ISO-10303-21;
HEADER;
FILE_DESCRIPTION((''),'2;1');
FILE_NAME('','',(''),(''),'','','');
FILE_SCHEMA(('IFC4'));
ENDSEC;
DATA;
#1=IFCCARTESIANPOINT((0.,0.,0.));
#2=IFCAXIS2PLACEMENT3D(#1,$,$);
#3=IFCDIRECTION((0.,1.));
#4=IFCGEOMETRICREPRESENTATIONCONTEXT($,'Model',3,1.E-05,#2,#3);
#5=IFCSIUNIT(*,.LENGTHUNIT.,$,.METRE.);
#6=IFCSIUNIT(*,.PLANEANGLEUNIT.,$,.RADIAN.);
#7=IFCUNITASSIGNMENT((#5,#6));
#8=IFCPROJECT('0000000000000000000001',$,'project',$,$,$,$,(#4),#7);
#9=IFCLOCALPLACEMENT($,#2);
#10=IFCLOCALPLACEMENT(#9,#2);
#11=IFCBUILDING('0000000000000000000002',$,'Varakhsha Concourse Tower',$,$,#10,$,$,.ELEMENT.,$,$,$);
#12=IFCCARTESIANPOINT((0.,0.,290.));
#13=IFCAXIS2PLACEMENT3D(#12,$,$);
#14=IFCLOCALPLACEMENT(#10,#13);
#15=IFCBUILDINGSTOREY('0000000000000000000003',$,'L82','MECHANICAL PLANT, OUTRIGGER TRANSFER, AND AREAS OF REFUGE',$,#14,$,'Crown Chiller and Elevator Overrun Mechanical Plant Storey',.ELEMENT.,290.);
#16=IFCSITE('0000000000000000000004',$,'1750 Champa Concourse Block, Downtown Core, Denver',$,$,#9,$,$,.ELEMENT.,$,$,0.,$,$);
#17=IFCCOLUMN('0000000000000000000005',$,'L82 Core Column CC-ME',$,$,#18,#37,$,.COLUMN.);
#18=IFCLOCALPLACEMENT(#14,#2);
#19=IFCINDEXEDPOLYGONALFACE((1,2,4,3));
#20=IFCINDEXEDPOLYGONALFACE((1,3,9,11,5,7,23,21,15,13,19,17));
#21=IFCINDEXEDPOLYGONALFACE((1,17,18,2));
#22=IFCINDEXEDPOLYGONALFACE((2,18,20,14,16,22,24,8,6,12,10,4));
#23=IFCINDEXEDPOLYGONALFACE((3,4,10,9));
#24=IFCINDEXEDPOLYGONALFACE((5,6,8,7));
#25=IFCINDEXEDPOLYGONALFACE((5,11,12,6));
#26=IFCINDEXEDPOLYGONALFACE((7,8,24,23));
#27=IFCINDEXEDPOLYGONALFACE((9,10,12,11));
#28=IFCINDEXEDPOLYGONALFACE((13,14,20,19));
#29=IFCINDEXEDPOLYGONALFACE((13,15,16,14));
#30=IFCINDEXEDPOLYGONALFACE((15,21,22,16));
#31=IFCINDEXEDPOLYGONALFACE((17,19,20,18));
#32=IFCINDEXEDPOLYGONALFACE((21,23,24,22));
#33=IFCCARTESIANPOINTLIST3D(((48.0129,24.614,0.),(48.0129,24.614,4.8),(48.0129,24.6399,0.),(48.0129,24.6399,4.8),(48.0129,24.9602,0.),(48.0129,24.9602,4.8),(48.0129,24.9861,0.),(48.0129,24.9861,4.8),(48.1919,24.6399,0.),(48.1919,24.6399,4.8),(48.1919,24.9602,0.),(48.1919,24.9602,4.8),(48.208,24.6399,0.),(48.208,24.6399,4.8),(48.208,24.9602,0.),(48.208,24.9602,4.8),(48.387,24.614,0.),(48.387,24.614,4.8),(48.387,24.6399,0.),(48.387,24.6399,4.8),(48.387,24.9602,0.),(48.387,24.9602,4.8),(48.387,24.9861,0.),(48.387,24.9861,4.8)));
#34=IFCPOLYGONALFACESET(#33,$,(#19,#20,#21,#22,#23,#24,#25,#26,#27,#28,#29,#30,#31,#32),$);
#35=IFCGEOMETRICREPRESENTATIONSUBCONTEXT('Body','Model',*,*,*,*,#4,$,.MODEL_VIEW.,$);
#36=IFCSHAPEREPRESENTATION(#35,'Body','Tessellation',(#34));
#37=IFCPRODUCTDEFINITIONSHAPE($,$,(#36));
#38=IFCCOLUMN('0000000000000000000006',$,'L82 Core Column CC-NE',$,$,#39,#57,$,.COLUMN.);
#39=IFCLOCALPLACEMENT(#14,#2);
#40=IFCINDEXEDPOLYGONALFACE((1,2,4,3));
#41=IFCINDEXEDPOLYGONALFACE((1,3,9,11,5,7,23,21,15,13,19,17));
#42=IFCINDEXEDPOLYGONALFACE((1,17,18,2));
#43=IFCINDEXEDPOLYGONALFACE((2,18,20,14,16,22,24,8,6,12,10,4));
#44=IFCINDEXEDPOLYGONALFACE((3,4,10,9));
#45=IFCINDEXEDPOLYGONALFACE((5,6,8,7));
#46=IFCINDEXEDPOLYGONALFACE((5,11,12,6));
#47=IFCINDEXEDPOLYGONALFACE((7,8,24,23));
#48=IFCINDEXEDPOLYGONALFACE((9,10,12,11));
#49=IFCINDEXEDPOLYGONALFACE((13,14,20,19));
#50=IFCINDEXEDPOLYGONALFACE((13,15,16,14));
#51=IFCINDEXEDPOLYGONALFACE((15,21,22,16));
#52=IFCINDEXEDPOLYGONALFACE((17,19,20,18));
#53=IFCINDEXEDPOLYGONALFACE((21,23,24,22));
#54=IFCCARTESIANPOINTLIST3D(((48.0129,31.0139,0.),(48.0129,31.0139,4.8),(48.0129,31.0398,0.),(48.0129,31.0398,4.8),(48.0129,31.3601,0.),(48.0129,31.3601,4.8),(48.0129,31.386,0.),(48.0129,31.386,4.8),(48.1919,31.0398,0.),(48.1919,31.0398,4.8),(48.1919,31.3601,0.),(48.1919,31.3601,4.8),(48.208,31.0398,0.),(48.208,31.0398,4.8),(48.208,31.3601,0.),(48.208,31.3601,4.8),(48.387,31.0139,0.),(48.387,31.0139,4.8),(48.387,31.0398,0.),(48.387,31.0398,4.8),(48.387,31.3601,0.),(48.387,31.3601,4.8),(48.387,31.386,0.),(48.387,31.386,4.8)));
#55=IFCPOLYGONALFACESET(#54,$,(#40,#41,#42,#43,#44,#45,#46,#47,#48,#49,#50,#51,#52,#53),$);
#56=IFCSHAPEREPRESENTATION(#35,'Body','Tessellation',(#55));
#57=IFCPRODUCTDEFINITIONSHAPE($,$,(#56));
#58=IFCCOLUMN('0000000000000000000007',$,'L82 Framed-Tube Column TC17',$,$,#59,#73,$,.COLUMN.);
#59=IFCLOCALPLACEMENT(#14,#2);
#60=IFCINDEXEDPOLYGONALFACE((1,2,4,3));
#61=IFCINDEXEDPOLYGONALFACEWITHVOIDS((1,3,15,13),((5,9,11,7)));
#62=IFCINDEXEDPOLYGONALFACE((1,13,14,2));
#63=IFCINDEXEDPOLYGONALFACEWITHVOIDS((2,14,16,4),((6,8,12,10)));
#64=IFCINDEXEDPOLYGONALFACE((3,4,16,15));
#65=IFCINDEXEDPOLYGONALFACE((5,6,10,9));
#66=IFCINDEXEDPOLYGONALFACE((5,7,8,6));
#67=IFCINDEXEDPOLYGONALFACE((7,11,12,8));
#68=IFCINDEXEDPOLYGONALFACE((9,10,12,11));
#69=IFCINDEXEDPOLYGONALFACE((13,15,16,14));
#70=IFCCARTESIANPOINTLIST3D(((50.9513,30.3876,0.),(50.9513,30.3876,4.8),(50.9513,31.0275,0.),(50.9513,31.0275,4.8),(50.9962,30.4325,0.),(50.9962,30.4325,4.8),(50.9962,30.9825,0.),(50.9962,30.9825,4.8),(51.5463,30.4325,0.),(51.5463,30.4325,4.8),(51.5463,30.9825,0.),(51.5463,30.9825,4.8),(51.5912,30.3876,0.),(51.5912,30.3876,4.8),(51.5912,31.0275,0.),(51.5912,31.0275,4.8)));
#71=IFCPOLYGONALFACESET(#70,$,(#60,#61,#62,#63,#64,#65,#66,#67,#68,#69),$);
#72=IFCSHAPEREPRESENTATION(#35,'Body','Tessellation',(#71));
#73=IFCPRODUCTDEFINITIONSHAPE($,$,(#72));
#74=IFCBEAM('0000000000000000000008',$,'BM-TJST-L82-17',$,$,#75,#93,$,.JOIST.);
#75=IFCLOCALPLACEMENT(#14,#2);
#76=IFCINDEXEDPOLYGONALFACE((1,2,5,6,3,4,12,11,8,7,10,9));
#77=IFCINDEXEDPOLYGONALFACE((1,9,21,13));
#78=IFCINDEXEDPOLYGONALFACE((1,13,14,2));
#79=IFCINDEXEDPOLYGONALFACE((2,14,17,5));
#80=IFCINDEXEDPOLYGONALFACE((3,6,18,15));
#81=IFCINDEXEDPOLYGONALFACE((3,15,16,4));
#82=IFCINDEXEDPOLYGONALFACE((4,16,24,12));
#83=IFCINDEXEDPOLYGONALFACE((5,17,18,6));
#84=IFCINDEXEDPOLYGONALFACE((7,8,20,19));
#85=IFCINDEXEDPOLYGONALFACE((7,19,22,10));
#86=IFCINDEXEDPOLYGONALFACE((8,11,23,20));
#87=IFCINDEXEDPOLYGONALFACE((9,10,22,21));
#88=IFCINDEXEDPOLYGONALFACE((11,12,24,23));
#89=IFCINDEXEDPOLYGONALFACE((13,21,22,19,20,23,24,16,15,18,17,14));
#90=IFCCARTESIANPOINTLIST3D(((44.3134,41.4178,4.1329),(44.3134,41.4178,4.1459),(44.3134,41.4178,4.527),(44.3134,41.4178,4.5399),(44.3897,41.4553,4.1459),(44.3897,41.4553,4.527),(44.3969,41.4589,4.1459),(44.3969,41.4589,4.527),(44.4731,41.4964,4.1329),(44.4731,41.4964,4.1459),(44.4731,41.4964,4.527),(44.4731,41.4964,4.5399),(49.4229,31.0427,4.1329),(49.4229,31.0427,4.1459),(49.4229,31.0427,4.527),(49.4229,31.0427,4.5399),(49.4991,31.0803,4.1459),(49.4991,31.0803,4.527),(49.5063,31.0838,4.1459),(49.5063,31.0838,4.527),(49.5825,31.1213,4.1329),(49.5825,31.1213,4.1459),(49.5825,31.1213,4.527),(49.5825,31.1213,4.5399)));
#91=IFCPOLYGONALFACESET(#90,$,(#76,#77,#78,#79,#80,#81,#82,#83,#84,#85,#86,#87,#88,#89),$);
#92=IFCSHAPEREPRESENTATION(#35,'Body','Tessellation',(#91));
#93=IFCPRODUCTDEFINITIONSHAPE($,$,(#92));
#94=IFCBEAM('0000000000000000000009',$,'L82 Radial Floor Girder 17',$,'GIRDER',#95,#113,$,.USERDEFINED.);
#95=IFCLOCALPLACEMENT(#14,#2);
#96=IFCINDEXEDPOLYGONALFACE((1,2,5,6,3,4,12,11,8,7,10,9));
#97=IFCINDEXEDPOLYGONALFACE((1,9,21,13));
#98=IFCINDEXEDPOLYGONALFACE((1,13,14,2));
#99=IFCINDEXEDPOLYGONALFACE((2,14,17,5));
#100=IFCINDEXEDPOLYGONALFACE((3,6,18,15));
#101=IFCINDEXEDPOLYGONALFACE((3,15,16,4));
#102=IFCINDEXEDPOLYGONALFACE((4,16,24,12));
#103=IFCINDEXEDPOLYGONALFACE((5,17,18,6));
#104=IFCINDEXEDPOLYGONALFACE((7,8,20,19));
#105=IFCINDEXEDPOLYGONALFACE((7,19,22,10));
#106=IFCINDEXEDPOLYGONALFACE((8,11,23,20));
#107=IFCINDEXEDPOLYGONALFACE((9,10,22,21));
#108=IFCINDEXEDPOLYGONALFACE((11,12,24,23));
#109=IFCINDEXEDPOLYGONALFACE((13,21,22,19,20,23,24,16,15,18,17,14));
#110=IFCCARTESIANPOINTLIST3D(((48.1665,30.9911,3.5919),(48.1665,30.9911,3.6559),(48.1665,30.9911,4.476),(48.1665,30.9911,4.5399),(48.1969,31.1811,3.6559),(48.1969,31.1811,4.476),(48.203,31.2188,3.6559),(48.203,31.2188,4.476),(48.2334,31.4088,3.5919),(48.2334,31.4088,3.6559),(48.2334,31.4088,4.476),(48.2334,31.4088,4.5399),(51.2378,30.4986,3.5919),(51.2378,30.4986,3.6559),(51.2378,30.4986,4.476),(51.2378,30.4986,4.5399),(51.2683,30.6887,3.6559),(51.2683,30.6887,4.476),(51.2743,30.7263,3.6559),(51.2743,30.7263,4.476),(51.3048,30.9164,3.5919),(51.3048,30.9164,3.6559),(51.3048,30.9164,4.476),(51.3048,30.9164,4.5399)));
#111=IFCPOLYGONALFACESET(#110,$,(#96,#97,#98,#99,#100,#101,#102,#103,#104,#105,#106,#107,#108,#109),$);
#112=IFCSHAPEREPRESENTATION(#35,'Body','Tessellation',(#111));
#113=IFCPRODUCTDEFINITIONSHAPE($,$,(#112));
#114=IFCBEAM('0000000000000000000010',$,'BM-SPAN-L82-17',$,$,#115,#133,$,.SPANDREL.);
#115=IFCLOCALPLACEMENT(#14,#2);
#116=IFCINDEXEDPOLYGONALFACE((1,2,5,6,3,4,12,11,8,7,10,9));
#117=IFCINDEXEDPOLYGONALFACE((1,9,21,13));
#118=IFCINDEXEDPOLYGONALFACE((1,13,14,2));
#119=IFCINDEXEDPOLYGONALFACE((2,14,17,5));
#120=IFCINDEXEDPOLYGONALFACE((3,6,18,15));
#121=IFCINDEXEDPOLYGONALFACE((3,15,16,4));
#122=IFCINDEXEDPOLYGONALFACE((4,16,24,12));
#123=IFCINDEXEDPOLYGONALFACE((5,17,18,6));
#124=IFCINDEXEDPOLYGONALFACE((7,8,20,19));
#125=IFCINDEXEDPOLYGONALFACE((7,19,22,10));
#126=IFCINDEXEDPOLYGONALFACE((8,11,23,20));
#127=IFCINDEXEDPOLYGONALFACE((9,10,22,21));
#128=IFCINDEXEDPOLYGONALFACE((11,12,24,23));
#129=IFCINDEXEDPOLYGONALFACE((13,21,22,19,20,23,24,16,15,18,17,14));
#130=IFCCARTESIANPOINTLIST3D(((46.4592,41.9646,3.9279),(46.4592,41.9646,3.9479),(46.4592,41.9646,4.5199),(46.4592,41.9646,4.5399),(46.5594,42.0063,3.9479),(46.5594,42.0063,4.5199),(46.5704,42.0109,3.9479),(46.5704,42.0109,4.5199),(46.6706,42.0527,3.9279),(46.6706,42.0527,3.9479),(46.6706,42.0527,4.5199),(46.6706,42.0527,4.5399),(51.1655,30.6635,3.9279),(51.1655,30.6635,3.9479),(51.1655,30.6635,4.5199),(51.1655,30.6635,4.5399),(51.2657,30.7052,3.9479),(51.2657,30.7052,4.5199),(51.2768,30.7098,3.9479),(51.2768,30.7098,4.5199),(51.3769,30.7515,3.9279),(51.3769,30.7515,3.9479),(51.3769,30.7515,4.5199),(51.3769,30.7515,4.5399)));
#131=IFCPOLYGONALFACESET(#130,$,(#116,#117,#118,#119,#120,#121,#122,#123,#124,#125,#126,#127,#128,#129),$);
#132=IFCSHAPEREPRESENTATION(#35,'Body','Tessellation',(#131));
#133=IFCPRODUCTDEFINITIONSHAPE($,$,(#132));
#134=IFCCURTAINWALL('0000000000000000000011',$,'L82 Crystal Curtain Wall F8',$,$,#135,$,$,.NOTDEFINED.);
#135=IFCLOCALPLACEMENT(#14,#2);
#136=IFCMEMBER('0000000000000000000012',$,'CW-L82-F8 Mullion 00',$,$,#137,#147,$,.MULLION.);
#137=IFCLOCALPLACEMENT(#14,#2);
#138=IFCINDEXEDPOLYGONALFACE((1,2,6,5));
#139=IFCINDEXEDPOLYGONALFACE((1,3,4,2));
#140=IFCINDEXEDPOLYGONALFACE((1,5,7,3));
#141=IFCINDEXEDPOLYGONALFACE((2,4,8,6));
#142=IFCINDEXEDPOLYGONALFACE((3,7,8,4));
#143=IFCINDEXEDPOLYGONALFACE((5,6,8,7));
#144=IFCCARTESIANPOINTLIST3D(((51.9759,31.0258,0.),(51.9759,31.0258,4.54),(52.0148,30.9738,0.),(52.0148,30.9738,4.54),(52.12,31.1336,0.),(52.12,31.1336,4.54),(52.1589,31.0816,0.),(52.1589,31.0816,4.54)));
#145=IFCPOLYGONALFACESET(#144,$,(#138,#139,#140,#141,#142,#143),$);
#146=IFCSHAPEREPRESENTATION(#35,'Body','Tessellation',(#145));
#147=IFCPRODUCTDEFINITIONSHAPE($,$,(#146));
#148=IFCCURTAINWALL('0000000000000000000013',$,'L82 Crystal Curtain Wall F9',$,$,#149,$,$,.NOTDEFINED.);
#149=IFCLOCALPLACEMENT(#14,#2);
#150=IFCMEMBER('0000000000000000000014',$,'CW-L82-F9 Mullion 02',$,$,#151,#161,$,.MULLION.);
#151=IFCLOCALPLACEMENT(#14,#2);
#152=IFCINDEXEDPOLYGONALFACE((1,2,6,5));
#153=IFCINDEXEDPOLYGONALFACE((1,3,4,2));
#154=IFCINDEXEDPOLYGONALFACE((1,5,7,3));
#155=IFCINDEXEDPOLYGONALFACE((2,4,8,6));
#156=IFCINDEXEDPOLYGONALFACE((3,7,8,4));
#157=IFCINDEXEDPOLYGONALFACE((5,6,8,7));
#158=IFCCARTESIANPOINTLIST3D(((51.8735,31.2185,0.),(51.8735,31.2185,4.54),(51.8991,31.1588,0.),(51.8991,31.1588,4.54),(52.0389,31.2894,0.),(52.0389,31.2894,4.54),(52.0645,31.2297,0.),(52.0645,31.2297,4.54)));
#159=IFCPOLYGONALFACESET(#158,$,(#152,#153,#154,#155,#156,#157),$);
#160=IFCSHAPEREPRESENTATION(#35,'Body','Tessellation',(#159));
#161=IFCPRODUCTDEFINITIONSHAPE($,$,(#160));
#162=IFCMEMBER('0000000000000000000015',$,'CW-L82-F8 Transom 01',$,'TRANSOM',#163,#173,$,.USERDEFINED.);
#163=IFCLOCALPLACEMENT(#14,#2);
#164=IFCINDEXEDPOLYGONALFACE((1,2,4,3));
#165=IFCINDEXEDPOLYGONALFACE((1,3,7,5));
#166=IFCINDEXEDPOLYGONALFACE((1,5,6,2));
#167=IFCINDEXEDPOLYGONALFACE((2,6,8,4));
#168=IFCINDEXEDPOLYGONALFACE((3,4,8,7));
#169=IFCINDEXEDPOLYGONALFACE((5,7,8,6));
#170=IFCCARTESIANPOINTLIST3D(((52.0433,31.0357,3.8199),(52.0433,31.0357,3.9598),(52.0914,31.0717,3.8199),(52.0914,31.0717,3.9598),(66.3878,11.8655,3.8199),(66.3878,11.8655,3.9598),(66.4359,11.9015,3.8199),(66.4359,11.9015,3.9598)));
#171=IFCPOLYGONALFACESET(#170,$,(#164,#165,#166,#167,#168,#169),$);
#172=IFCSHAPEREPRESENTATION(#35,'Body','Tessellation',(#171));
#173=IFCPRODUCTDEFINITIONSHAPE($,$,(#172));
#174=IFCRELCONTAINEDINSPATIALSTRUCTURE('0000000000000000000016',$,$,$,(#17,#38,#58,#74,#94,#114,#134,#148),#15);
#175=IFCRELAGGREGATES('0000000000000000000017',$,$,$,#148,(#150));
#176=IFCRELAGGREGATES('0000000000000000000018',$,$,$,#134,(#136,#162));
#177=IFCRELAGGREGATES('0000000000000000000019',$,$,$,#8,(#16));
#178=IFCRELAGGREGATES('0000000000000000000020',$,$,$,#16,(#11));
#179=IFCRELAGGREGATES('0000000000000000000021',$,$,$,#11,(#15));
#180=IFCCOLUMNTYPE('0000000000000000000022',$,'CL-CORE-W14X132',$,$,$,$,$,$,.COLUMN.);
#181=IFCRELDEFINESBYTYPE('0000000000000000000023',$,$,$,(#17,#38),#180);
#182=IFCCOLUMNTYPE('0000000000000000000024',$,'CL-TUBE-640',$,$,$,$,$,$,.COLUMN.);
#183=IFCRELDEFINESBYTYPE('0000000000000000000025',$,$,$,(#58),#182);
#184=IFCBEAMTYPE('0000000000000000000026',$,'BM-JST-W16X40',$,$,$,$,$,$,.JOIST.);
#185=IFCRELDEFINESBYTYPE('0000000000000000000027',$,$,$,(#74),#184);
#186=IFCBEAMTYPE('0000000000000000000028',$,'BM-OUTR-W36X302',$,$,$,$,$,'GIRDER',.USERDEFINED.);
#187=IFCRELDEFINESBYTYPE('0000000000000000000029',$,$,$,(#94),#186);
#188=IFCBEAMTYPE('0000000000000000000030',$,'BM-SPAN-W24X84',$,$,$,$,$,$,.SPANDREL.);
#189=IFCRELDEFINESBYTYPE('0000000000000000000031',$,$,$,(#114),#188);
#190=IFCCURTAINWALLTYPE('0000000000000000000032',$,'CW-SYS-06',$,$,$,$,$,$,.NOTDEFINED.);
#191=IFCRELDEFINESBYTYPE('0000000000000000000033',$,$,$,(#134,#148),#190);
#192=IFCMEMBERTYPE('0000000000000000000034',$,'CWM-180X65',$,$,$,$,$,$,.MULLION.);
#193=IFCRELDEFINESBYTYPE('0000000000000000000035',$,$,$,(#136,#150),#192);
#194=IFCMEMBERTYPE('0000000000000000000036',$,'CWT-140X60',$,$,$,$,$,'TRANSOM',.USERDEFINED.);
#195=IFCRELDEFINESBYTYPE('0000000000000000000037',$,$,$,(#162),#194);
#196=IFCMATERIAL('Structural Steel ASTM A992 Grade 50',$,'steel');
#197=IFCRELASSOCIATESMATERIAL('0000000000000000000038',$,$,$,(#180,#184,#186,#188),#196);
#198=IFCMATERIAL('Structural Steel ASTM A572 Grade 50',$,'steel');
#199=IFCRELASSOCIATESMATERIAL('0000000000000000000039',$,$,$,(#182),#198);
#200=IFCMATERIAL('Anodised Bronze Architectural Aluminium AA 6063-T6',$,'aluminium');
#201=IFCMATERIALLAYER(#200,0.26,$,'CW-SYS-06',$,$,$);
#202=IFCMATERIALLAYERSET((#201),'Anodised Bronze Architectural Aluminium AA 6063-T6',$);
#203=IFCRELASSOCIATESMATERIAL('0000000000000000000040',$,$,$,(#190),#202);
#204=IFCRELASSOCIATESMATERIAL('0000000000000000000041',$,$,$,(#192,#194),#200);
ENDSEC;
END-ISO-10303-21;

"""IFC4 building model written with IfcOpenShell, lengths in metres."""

from ifc_helpers import new_model, si_unit, direction, frame, origin, origin_2d, place, context, subcontext, project, spatial, rectangle, hollow_rectangle, i_section, extrude, source, transform, mapped, material, layer, layer_set, material_profile, profile_set, type_object, type_shapes, element, aggregate, save


model = new_model("IFC4")

# Units and contexts
model_context = context("Model", 3, precision=1e-05, world=origin(), true_north=direction((0.0, 1.0)))
body_context = subcontext(model_context, "Body", "Model", "MODEL_VIEW")
ifc_project = project(units=[si_unit("LENGTHUNIT", "METRE"), si_unit("PLANEANGLEUNIT", "RADIAN")], contexts=[model_context])

# Site, building, storey
site_placement = place(None, origin())
site = spatial("IfcSite", under=ifc_project, at=site_placement, Name="1750 Champa Concourse Block, Downtown Core, Denver", CompositionType="ELEMENT", RefElevation=0.0)
building_placement = place(site_placement, origin())
building = spatial("IfcBuilding", under=site, at=building_placement, Name="Varakhsha Concourse Tower", CompositionType="ELEMENT")
storey_placement = place(building_placement, frame((0.0, 0.0, 290.0)))
storey = spatial("IfcBuildingStorey", under=building, at=storey_placement, Name="L82", Description="MECHANICAL PLANT, OUTRIGGER TRANSFER, AND AREAS OF REFUGE", LongName="Crown Chiller and Elevator Overrun Mechanical Plant Storey", CompositionType="ELEMENT", Elevation=290.0)

# Columns
ifc_material_1 = material(Name="Structural Steel ASTM A992 Grade 50", Category="steel")
ifc_material_profile_1 = material_profile(ifc_material_1, i_section(OverallWidth=0.374, OverallDepth=0.3721, WebThickness=0.0161, FlangeThickness=0.0259, at=origin_2d()), Name="W14X132")
ifc_profile_set_1 = profile_set([ifc_material_profile_1], Name="Structural Steel ASTM A992 Grade 50")
column_type_1 = type_object("IfcColumnType", Name="CL-CORE-W14X132", PredefinedType="COLUMN", material=ifc_profile_set_1)
for number, where, z_axis, x_axis, name in (
    (1, (48.2, 24.8, 0.0), (0.0, 0.0, 1.0), (1.0, 0.0, 0.0), "L82 Core Column CC-ME"),
    (2, (48.2, 31.2, 0.0), (0.0, 0.0, 1.0), (1.0, 0.0, 0.0), "L82 Core Column CC-NE"),
):
    element("IfcColumn", number, at=place(storey_placement, frame(where, z_axis=z_axis, x_axis=x_axis)), inside=storey, type_object=column_type_1, Name=name, PredefinedType="COLUMN", context=body_context, shape_type="SweptSolid", body=[
        extrude(i_section(OverallWidth=0.374, OverallDepth=0.3721, WebThickness=0.0161, FlangeThickness=0.0259, at=origin_2d()), origin(), (0.0, 0.0, 1.0), 4.8),
    ])
ifc_material_2 = material(Name="Structural Steel ASTM A572 Grade 50", Category="steel")
ifc_material_profile_2 = material_profile(ifc_material_2, hollow_rectangle(XDim=0.6399, YDim=0.6399, WallThickness=0.0449, at=origin_2d()), Name="BOX 640x640x45")
ifc_profile_set_2 = profile_set([ifc_material_profile_2], Name="Structural Steel ASTM A572 Grade 50")
column_type_2 = type_object("IfcColumnType", Name="CL-TUBE-640", PredefinedType="COLUMN", material=ifc_profile_set_2)
column_placement = place(storey_placement, frame((51.2712, 30.7075, 0.0), z_axis=(0.0, 0.0, 1.0), x_axis=(1.0, 0.0, 0.0)))
element("IfcColumn", 3, at=column_placement, inside=storey, type_object=column_type_2, Name="L82 Framed-Tube Column TC17", PredefinedType="COLUMN", context=body_context, shape_type="SweptSolid", body=[
    extrude(hollow_rectangle(XDim=0.6399, YDim=0.6399, WallThickness=0.0449, at=origin_2d()), origin(), (0.0, 0.0, 1.0), 4.8),
])

# Beams
ifc_material_profile_3 = material_profile(ifc_material_1, i_section(OverallWidth=0.178, OverallDepth=0.407, WebThickness=0.0081, FlangeThickness=0.0129, at=origin_2d()), Name="W16X40")
ifc_profile_set_3 = profile_set([ifc_material_profile_3], Name="Structural Steel ASTM A992 Grade 50")
beam_type_1 = type_object("IfcBeamType", Name="BM-JST-W16X40", PredefinedType="JOIST", material=ifc_profile_set_3)
beam_1_placement = place(storey_placement, frame((49.5027, 31.082, 4.3364), z_axis=(-0.441801, 0.897113, 0.0), x_axis=(-0.897113, -0.441801, 0.0)))
element("IfcBeam", 4, at=beam_1_placement, inside=storey, type_object=beam_type_1, Name="BM-TJST-L82-17", PredefinedType="JOIST", context=body_context, shape_type="SweptSolid", body=[
    extrude(i_section(OverallWidth=0.178, OverallDepth=0.407, WebThickness=0.0081, FlangeThickness=0.0129, at=origin_2d()), origin(), (0.0, 0.0, 1.0), 11.5649),
])
ifc_material_profile_4 = material_profile(ifc_material_1, i_section(OverallWidth=0.4231, OverallDepth=0.948, WebThickness=0.0381, FlangeThickness=0.064, at=origin_2d()), Name="W36X302")
ifc_profile_set_4 = profile_set([ifc_material_profile_4], Name="Structural Steel ASTM A992 Grade 50")
beam_type_2 = type_object("IfcBeamType", Name="BM-OUTR-W36X302", ElementType="GIRDER", PredefinedType="USERDEFINED", material=ifc_profile_set_4)
beam_2_placement = place(storey_placement, frame((48.2, 31.2, 4.0659), z_axis=(0.987389, -0.158312, 0.0), x_axis=(0.158312, 0.987389, 0.0)))
element("IfcBeam", 5, at=beam_2_placement, inside=storey, type_object=beam_type_2, Name="L82 Radial Floor Girder 17", ObjectType="GIRDER", PredefinedType="USERDEFINED", context=body_context, shape_type="SweptSolid", body=[
    extrude(i_section(OverallWidth=0.4231, OverallDepth=0.948, WebThickness=0.0381, FlangeThickness=0.064, at=origin_2d()), origin(), (0.0, 0.0, 1.0), 3.1106),
])
ifc_material_profile_5 = material_profile(ifc_material_1, i_section(OverallWidth=0.229, OverallDepth=0.6121, WebThickness=0.012, FlangeThickness=0.02, at=origin_2d()), Name="W24X84")
ifc_profile_set_5 = profile_set([ifc_material_profile_5], Name="Structural Steel ASTM A992 Grade 50")
beam_type_3 = type_object("IfcBeamType", Name="BM-SPAN-W24X84", PredefinedType="SPANDREL", material=ifc_profile_set_5)
beam_3_placement = place(storey_placement, frame((51.2712, 30.7075, 4.2339), z_axis=(-0.384444, 0.923148, 0.0), x_axis=(-0.923148, -0.384444, 0.0)))
element("IfcBeam", 6, at=beam_3_placement, inside=storey, type_object=beam_type_3, Name="BM-SPAN-L82-17", PredefinedType="SPANDREL", context=body_context, shape_type="SweptSolid", body=[
    extrude(i_section(OverallWidth=0.229, OverallDepth=0.6121, WebThickness=0.012, FlangeThickness=0.02, at=origin_2d()), origin(), (0.0, 0.0, 1.0), 12.2419),
])

# Curtain walls, members
ifc_material_3 = material(Name="Anodised Bronze Architectural Aluminium AA 6063-T6", Category="aluminium")
ifc_layer_1 = layer(ifc_material_3, 0.26, Name="CW-SYS-06")
ifc_layer_set_1 = layer_set([ifc_layer_1], Name="Anodised Bronze Architectural Aluminium AA 6063-T6")
curtain_wall_type = type_object("IfcCurtainWallType", Name="CW-SYS-06", PredefinedType="NOTDEFINED", material=ifc_layer_set_1)
curtain_wall_1_placement = place(storey_placement, origin())
curtain_wall_1 = element("IfcCurtainWall", 7, at=curtain_wall_1_placement, inside=storey, type_object=curtain_wall_type, Name="L82 Crystal Curtain Wall F8", PredefinedType="NOTDEFINED")
ifc_material_profile_6 = material_profile(ifc_material_3, rectangle(XDim=0.0649, YDim=0.1799, at=origin_2d()), Name="CWM-180X65")
ifc_profile_set_6 = profile_set([ifc_material_profile_6], Name="Anodised Bronze Architectural Aluminium AA 6063-T6")
member_type_1 = type_object("IfcMemberType", Name="CWM-180X65", PredefinedType="MULLION", material=ifc_profile_set_6)
shared_shape_1 = source(origin(), body_context, "Body", "SweptSolid", [
    extrude(rectangle(XDim=0.0649, YDim=0.1799, at=origin_2d()), origin(), (0.0, 0.0, 1.0), 4.54),
])
type_shapes(member_type_1, [shared_shape_1])
member_1_placement = place(storey_placement, frame((52.0674, 31.0537, 0.0), z_axis=(0.0, 0.0, 1.0), x_axis=(0.599112, -0.800666, 0.0)))
member_1 = element("IfcMember", 8, at=member_1_placement, type_object=member_type_1, Name="CW-L82-F8 Mullion 00", PredefinedType="MULLION", context=body_context, shape_type="MappedRepresentation", body=[
    mapped(shared_shape_1, transform((0.0, 0.0, 0.0), scale=1.0)),
])
curtain_wall_2_placement = place(storey_placement, origin())
curtain_wall_2 = element("IfcCurtainWall", 9, at=curtain_wall_2_placement, inside=storey, type_object=curtain_wall_type, Name="L82 Crystal Curtain Wall F9", PredefinedType="NOTDEFINED")
member_2_placement = place(storey_placement, frame((51.969, 31.2241, 0.0), z_axis=(0.0, 0.0, 1.0), x_axis=(0.393839, -0.919179, 0.0)))
member_2 = element("IfcMember", 10, at=member_2_placement, type_object=member_type_1, Name="CW-L82-F9 Mullion 02", PredefinedType="MULLION", context=body_context, shape_type="MappedRepresentation", body=[
    mapped(shared_shape_1, transform((0.0, 0.0, 0.0), scale=1.0)),
])
aggregate(curtain_wall_2, [member_2])

# Member
ifc_material_profile_7 = material_profile(ifc_material_3, rectangle(XDim=0.0601, YDim=0.1399, at=origin_2d()), Name="CWT-140X60")
ifc_profile_set_7 = profile_set([ifc_material_profile_7], Name="Anodised Bronze Architectural Aluminium AA 6063-T6")
member_type_2 = type_object("IfcMemberType", Name="CWT-140X60", ElementType="TRANSOM", PredefinedType="USERDEFINED", material=ifc_profile_set_7)
shared_shape_2 = source(origin(), body_context, "Body", "SweptSolid", [
    extrude(rectangle(XDim=0.0601, YDim=0.1399, at=origin_2d()), origin(), (0.0, 0.0, 1.0), 23.9429),
])
type_shapes(member_type_2, [shared_shape_2])
member_3_placement = place(storey_placement, frame((52.0674, 31.0537, 3.8899), z_axis=(0.599114, -0.800664, 0.0), x_axis=(0.800664, 0.599114, 0.0)))
member_3 = element("IfcMember", 11, at=member_3_placement, type_object=member_type_2, Name="CW-L82-F8 Transom 01", ObjectType="TRANSOM", PredefinedType="USERDEFINED", context=body_context, shape_type="MappedRepresentation", body=[
    mapped(shared_shape_2, transform((0.0, 0.0, 0.0), scale=1.0)),
])

aggregate(curtain_wall_1, [member_1, member_3])

save(model, "model.ifc")
